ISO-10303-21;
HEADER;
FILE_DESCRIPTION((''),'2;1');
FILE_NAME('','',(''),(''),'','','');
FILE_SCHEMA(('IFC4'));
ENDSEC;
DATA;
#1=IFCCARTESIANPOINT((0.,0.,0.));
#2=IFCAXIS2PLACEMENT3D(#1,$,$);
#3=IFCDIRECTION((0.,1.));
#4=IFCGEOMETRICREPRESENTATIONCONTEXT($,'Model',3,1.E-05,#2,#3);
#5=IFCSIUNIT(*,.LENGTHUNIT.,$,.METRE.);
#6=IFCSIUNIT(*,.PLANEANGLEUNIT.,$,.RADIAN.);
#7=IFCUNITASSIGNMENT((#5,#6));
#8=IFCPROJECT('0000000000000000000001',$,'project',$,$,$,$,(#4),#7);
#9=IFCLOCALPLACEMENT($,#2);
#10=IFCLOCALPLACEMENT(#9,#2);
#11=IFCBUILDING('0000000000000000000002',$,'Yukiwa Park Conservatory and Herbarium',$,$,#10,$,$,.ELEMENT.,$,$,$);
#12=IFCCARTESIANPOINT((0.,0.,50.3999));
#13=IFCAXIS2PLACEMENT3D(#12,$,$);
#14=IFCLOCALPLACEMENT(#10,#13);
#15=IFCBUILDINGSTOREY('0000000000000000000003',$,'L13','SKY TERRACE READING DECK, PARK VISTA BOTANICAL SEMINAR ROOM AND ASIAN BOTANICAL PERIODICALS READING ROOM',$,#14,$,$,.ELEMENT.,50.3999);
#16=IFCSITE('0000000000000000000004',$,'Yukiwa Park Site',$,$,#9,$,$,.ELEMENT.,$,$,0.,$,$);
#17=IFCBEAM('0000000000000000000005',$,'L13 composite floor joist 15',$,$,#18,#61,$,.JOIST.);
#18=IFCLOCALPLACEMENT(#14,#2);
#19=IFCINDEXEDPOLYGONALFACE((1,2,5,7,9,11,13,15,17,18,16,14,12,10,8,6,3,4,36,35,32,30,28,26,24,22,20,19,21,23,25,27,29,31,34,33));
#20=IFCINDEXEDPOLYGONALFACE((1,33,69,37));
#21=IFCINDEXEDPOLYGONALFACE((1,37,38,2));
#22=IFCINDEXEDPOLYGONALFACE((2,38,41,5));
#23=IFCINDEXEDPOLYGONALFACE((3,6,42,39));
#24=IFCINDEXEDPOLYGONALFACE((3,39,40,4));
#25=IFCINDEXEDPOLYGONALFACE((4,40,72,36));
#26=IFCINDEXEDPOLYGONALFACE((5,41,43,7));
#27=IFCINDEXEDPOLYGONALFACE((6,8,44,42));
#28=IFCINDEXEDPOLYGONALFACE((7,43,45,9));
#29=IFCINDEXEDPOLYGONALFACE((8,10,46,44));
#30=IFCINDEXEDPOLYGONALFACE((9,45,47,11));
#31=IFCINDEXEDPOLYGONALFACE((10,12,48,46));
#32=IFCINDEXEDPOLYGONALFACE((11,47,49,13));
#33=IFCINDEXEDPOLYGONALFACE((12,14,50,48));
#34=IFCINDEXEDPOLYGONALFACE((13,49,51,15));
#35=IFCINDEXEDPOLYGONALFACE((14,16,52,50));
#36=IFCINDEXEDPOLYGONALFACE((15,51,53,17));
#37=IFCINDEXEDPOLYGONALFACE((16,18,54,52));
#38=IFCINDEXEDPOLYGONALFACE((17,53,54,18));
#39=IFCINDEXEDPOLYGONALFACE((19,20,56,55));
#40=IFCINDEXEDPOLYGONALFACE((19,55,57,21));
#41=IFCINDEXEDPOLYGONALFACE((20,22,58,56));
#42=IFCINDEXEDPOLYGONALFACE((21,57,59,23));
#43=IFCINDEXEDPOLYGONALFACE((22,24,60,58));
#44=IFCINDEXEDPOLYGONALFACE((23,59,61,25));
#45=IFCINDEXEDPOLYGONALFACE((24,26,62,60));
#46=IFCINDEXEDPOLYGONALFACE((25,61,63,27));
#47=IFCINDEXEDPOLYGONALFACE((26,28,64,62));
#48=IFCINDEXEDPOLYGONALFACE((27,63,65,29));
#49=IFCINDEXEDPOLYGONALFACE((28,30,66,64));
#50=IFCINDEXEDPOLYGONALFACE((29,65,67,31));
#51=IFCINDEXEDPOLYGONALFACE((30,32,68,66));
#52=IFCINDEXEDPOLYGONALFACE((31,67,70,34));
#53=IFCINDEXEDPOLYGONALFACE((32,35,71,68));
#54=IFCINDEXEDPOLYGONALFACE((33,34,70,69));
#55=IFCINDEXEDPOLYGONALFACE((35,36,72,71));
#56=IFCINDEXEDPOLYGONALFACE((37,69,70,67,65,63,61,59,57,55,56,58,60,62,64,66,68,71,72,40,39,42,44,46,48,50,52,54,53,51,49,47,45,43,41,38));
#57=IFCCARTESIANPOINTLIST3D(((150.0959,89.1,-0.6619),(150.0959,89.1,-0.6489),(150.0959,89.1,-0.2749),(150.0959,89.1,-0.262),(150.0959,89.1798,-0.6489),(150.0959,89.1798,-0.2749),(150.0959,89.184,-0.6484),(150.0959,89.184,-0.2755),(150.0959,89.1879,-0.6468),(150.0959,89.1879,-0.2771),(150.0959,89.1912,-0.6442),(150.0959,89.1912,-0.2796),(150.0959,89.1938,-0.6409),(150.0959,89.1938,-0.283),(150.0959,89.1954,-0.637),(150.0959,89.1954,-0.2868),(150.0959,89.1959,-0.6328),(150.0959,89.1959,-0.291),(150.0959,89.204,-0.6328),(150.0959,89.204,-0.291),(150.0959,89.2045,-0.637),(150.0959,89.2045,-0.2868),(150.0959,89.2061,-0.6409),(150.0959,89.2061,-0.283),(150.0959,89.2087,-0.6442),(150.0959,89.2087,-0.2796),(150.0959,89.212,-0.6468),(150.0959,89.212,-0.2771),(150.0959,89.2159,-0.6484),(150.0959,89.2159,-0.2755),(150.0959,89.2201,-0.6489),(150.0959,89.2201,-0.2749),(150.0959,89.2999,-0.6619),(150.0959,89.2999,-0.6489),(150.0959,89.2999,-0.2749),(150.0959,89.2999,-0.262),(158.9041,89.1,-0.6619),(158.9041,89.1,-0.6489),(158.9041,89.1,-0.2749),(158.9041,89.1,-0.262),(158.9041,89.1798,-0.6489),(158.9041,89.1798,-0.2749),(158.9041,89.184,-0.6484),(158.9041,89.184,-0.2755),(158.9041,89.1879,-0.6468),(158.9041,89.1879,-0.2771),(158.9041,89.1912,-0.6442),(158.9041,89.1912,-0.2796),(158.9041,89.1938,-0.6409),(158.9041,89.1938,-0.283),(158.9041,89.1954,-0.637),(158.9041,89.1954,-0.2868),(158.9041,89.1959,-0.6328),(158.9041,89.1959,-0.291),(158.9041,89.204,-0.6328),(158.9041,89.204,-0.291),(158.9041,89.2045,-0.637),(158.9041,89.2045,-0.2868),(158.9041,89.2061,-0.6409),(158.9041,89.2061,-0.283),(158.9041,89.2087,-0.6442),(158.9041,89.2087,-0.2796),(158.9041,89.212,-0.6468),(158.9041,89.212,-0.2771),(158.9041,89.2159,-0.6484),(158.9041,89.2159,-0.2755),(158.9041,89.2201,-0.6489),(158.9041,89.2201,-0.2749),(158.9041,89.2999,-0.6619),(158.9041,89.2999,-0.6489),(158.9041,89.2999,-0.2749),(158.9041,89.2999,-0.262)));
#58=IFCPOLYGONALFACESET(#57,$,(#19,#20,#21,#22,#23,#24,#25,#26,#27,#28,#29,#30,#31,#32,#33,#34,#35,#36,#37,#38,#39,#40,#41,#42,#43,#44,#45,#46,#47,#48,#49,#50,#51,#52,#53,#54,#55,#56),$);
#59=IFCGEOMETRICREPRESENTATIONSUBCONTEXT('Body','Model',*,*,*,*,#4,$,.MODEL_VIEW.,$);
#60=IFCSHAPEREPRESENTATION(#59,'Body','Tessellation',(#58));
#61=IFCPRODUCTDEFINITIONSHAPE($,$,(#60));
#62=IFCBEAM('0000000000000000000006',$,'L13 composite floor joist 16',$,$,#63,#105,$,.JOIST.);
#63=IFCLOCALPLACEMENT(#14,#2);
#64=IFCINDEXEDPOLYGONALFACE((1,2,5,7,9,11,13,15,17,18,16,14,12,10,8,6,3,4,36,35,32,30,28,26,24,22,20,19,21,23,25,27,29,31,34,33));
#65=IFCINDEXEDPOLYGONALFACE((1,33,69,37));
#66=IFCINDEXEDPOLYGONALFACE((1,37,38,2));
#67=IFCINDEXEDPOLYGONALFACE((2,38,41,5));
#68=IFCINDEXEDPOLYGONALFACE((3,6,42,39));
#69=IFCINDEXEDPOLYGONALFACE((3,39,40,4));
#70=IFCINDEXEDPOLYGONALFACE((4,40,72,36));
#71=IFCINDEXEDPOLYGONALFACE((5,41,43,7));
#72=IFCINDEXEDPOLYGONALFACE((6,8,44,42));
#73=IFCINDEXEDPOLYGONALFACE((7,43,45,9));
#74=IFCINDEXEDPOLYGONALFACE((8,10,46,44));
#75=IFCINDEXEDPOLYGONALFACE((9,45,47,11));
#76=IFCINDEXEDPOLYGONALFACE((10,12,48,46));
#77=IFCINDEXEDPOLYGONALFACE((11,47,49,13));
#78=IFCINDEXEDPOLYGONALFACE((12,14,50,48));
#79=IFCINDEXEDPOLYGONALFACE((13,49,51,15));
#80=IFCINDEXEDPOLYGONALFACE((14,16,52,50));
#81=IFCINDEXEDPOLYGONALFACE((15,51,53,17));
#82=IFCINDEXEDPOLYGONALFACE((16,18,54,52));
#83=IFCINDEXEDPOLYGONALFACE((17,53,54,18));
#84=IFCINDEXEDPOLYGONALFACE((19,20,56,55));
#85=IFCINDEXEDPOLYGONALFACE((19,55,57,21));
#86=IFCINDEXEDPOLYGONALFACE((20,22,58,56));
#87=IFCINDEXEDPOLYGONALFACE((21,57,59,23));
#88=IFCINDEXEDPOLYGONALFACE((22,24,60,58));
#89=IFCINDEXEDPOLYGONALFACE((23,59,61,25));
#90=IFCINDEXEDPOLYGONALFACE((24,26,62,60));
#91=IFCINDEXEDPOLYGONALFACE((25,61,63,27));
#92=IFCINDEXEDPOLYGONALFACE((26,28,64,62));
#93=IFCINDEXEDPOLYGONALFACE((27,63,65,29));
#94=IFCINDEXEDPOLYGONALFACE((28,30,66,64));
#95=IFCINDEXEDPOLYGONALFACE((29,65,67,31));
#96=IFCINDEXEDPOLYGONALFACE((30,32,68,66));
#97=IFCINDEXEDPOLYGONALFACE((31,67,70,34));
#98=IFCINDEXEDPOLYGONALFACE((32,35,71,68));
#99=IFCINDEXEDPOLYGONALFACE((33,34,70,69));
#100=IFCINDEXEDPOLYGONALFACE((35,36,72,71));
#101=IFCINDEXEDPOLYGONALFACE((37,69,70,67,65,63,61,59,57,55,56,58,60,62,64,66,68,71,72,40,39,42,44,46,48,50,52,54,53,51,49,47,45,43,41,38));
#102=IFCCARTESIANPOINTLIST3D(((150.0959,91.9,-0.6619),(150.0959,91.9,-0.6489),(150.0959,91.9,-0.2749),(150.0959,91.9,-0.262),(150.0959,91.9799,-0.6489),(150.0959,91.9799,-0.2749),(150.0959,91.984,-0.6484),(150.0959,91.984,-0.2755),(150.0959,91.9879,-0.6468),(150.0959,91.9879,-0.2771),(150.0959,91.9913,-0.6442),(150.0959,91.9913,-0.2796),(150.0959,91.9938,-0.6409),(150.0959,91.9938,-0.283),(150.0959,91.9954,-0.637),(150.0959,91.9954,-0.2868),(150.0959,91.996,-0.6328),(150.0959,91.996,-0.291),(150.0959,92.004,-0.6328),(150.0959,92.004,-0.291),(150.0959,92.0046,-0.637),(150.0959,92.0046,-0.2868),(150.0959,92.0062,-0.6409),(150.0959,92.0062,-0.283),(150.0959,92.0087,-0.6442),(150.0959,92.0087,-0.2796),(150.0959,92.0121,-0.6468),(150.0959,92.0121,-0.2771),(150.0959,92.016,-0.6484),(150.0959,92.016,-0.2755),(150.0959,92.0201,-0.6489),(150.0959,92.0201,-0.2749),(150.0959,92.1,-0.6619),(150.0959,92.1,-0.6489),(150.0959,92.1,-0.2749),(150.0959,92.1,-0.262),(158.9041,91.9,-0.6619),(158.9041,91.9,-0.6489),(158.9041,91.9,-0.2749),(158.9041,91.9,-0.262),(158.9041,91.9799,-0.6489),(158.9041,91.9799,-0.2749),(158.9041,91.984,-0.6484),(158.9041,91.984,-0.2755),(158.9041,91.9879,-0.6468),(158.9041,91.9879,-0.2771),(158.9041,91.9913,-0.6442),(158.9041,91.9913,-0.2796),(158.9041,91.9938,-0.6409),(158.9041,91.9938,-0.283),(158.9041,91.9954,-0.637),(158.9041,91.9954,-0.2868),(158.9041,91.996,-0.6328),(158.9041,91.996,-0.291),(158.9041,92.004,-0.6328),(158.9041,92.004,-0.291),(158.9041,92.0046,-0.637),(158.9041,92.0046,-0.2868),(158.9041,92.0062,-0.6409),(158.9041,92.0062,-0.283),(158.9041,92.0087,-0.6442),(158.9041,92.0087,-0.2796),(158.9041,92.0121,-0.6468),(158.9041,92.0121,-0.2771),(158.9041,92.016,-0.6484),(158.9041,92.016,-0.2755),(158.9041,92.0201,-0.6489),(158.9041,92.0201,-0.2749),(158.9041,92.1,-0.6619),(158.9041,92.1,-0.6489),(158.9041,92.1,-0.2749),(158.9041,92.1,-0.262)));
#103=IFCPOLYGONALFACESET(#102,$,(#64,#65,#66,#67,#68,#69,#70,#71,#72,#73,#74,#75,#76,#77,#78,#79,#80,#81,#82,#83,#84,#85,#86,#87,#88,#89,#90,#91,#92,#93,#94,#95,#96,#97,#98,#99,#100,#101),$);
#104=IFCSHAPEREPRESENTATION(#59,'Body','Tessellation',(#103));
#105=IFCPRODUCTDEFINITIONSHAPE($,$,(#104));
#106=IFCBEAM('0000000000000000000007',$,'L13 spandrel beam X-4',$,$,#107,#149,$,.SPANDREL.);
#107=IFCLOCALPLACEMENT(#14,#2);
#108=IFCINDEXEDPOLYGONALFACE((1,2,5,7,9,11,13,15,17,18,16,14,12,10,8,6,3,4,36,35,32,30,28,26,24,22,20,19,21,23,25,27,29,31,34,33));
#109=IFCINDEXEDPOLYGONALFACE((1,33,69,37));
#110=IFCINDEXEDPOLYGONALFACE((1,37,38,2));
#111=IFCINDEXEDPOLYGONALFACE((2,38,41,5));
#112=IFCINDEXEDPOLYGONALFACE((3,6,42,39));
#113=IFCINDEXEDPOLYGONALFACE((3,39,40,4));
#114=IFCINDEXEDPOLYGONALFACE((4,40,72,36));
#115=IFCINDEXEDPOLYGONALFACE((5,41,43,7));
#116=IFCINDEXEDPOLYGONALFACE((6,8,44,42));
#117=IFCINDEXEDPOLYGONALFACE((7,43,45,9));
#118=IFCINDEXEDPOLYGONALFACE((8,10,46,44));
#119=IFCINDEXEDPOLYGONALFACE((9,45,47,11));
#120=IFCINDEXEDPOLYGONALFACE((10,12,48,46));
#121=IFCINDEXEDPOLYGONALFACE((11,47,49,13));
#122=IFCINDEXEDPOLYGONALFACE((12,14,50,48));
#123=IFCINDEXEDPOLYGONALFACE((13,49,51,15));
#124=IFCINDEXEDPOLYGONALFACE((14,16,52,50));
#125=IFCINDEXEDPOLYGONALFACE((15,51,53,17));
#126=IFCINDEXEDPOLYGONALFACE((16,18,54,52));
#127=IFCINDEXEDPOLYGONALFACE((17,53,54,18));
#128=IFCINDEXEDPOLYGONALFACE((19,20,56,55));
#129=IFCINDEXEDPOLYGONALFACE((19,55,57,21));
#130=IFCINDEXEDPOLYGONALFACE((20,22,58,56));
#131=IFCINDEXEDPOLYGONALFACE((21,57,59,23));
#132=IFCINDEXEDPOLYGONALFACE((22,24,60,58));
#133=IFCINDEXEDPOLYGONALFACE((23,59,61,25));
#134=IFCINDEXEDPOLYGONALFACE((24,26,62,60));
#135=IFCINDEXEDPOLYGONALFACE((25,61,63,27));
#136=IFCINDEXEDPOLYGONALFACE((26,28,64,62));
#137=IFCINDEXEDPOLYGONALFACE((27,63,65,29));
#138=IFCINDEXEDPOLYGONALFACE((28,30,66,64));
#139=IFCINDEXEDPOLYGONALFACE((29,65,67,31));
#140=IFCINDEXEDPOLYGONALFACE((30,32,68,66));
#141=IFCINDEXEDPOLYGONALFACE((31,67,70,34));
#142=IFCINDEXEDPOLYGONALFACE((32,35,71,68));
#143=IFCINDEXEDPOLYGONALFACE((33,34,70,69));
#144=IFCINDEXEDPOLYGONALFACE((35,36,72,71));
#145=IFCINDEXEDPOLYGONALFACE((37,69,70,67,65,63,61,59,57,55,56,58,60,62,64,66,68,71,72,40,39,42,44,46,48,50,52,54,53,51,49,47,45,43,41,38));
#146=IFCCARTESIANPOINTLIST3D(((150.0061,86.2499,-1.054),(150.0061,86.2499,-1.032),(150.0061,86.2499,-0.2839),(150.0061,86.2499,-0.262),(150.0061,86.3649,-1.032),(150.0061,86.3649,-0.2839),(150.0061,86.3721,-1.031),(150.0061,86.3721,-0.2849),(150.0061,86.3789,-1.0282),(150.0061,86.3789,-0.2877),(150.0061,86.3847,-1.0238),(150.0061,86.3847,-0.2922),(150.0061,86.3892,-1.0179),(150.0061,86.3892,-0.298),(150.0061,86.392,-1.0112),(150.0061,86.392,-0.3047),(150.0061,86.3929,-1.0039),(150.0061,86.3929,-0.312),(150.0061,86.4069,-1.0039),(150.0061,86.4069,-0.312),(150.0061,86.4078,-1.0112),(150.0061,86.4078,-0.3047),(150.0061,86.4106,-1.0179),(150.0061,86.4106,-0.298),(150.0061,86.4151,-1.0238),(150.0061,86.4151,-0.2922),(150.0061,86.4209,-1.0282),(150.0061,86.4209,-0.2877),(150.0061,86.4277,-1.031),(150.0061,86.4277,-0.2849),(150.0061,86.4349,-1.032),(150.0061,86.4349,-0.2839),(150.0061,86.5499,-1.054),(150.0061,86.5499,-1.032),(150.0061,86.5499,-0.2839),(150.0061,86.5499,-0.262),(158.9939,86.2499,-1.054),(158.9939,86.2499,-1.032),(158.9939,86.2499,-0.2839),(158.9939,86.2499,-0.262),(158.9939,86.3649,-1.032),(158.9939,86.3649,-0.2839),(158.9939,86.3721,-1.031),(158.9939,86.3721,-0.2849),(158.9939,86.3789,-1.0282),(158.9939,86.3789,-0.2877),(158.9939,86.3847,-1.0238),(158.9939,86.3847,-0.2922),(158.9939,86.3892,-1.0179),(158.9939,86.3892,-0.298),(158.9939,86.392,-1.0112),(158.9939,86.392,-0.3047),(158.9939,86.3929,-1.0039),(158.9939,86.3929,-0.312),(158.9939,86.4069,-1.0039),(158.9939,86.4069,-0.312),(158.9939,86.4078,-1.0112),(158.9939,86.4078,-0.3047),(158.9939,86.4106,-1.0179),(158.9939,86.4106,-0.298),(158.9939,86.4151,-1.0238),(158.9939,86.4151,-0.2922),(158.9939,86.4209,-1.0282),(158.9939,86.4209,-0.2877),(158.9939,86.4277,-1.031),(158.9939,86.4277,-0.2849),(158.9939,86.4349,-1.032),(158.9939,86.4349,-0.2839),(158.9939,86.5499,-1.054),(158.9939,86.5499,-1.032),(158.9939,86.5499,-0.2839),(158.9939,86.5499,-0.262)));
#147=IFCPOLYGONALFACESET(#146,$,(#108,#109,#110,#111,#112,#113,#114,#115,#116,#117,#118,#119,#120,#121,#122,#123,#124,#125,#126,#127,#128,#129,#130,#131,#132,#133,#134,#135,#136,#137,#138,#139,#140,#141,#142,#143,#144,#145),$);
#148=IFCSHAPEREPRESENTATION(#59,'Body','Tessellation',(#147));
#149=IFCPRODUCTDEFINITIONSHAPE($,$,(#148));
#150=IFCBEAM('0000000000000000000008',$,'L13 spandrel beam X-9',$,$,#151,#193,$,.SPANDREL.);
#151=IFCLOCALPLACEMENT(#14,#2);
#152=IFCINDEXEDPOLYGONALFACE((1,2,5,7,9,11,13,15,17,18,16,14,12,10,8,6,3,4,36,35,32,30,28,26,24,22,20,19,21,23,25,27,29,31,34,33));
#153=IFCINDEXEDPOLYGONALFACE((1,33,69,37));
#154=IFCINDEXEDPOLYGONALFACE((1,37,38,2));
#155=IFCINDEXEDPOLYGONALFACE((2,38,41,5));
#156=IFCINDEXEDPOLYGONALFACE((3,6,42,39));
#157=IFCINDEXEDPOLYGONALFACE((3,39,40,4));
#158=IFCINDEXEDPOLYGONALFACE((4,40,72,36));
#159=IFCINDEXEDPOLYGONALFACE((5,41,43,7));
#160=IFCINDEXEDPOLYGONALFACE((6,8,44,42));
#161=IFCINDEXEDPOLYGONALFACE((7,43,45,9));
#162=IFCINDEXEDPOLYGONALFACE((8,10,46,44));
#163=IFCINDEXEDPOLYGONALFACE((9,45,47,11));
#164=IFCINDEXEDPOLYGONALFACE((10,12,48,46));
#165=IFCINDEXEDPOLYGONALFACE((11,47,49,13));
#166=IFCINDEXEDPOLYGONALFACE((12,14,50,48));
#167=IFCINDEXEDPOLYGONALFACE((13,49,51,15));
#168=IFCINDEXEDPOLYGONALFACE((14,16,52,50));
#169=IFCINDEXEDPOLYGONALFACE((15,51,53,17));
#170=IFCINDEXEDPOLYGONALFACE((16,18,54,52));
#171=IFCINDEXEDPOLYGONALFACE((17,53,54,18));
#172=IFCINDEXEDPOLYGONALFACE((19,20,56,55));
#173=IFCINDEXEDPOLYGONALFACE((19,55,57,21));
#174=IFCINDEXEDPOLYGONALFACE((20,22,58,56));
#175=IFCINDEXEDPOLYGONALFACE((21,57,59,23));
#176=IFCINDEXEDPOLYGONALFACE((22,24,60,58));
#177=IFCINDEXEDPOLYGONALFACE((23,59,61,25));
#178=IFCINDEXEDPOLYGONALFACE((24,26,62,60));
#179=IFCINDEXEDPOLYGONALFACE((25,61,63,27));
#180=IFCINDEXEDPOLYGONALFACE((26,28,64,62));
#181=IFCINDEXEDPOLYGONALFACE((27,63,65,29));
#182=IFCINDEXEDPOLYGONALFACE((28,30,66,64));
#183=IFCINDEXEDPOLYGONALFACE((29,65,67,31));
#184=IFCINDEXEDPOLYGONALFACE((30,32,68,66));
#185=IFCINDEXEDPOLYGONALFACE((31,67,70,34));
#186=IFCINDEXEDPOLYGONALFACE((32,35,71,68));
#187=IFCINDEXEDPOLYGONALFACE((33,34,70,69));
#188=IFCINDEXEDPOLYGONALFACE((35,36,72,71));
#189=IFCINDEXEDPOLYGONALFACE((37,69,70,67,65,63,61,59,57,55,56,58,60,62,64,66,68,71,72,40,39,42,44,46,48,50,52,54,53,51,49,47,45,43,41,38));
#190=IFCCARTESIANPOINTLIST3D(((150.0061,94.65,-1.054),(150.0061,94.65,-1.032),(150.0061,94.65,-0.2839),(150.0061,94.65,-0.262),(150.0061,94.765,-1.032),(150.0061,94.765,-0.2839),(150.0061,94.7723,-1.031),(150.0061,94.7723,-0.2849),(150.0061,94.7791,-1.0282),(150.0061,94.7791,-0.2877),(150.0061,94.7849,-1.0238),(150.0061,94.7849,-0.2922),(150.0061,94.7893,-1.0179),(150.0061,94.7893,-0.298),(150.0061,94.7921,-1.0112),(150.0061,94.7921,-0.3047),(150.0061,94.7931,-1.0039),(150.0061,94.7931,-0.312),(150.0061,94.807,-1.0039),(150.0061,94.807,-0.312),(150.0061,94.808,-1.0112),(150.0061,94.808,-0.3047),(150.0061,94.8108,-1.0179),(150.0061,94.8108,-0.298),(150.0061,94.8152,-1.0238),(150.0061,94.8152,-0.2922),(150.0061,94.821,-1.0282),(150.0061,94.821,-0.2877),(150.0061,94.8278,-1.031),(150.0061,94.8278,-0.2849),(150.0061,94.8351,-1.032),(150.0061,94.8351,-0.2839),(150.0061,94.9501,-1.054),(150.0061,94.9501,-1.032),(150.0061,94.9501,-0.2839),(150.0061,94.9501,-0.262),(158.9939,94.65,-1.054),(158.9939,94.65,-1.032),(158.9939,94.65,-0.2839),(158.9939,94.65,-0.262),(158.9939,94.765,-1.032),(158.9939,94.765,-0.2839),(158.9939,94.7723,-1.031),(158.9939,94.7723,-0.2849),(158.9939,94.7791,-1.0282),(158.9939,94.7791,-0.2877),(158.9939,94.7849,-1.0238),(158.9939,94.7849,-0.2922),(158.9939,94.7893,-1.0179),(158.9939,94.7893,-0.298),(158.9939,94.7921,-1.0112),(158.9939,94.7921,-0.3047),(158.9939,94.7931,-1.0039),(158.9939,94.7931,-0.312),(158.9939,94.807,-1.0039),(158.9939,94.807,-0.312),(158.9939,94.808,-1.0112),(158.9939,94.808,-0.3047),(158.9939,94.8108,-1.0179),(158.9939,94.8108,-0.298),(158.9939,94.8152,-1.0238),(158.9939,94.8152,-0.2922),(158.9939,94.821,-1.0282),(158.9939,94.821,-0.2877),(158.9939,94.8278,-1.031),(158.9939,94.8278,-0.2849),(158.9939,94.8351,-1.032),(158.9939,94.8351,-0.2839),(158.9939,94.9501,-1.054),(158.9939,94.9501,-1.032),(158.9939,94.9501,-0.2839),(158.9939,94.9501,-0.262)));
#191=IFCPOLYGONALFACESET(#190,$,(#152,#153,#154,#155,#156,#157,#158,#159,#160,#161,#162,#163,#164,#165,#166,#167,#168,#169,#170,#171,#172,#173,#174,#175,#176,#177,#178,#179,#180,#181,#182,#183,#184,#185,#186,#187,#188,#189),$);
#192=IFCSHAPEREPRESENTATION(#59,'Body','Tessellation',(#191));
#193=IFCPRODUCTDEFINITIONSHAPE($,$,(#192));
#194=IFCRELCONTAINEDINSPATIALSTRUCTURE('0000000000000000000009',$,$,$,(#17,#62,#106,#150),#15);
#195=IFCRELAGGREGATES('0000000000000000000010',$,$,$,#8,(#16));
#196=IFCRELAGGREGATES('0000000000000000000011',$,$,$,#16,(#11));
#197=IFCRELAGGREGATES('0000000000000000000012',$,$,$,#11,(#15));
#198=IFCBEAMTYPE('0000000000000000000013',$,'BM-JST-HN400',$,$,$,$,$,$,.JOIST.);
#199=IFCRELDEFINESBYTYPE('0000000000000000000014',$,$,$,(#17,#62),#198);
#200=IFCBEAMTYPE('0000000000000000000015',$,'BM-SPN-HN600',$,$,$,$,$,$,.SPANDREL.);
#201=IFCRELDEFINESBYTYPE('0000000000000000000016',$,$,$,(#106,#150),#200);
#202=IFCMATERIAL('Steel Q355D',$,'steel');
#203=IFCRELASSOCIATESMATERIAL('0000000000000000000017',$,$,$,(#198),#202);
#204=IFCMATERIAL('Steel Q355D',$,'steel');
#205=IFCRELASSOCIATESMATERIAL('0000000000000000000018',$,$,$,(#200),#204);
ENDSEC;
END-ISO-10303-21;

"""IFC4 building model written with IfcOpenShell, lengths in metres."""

from ifc_helpers import new_model, si_unit, direction, frame, origin, origin_2d, place, context, subcontext, project, spatial, i_section, extrude, material, material_profile, profile_set, type_object, element, save


model = new_model("IFC4")

# Units and contexts
model_context = context("Model", 3, precision=1e-05, world=origin(), true_north=direction((0.0, 1.0)))
body_context = subcontext(model_context, "Body", "Model", "MODEL_VIEW")
ifc_project = project(units=[si_unit("LENGTHUNIT", "METRE"), si_unit("PLANEANGLEUNIT", "RADIAN")], contexts=[model_context])

# Site, building, storey
site_placement = place(None, origin())
site = spatial("IfcSite", under=ifc_project, at=site_placement, Name="Yukiwa Park Site", CompositionType="ELEMENT", RefElevation=0.0)
building_placement = place(site_placement, origin())
building = spatial("IfcBuilding", under=site, at=building_placement, Name="Yukiwa Park Conservatory and Herbarium", CompositionType="ELEMENT")
storey_placement = place(building_placement, frame((0.0, 0.0, 50.3999)))
storey = spatial("IfcBuildingStorey", under=building, at=storey_placement, Name="L13", Description="SKY TERRACE READING DECK, PARK VISTA BOTANICAL SEMINAR ROOM AND ASIAN BOTANICAL PERIODICALS READING ROOM", CompositionType="ELEMENT", Elevation=50.3999)

# Beams
ifc_material_1 = material(Name="Steel Q355D", Category="steel")
ifc_material_profile_1 = material_profile(ifc_material_1, i_section(OverallWidth=0.2, OverallDepth=0.3999, WebThickness=0.0081, FlangeThickness=0.0129, FilletRadius=0.0161, at=origin_2d()), Name="HN 400x200x8x13")
ifc_profile_set_1 = profile_set([ifc_material_profile_1], Name="Steel Q355D")
beam_type_1 = type_object("IfcBeamType", Name="BM-JST-HN400", PredefinedType="JOIST", material=ifc_profile_set_1)
for number, where, z_axis, x_axis, name in (
    (1, (150.0959, 89.2, -0.4619), (1.0, 0.0, 0.0), (0.0, 1.0, 0.0), "L13 composite floor joist 15"),
    (2, (150.0959, 92.0, -0.4619), (1.0, 0.0, 0.0), (0.0, 1.0, 0.0), "L13 composite floor joist 16"),
):
    element("IfcBeam", number, at=place(storey_placement, frame(where, z_axis=z_axis, x_axis=x_axis)), inside=storey, type_object=beam_type_1, Name=name, PredefinedType="JOIST", context=body_context, shape_type="SweptSolid", body=[
        extrude(i_section(OverallWidth=0.2, OverallDepth=0.3999, WebThickness=0.0081, FlangeThickness=0.0129, FilletRadius=0.0161, at=origin_2d()), origin(), (0.0, 0.0, 1.0), 8.8081),
    ])
ifc_material_2 = material(Name="Steel Q355D", Category="steel")
ifc_material_profile_2 = material_profile(ifc_material_2, i_section(OverallWidth=0.3, OverallDepth=0.792, WebThickness=0.0139, FlangeThickness=0.022, FilletRadius=0.0281, at=origin_2d()), Name="HN 792x300x14x22")
ifc_profile_set_2 = profile_set([ifc_material_profile_2], Name="Steel Q355D")
beam_type_2 = type_object("IfcBeamType", Name="BM-SPN-HN600", PredefinedType="SPANDREL", material=ifc_profile_set_2)
for number, where, z_axis, x_axis, name in (
    (3, (150.0061, 86.3999, -0.658), (1.0, 0.0, 0.0), (0.0, 1.0, 0.0), "L13 spandrel beam X-4"),
    (4, (150.0061, 94.8, -0.658), (1.0, 0.0, 0.0), (0.0, 1.0, 0.0), "L13 spandrel beam X-9"),
):
    element("IfcBeam", number, at=place(storey_placement, frame(where, z_axis=z_axis, x_axis=x_axis)), inside=storey, type_object=beam_type_2, Name=name, PredefinedType="SPANDREL", context=body_context, shape_type="SweptSolid", body=[
        extrude(i_section(OverallWidth=0.3, OverallDepth=0.792, WebThickness=0.0139, FlangeThickness=0.022, FilletRadius=0.0281, at=origin_2d()), origin(), (0.0, 0.0, 1.0), 8.9878),
    ])

save(model, "model.ifc")
